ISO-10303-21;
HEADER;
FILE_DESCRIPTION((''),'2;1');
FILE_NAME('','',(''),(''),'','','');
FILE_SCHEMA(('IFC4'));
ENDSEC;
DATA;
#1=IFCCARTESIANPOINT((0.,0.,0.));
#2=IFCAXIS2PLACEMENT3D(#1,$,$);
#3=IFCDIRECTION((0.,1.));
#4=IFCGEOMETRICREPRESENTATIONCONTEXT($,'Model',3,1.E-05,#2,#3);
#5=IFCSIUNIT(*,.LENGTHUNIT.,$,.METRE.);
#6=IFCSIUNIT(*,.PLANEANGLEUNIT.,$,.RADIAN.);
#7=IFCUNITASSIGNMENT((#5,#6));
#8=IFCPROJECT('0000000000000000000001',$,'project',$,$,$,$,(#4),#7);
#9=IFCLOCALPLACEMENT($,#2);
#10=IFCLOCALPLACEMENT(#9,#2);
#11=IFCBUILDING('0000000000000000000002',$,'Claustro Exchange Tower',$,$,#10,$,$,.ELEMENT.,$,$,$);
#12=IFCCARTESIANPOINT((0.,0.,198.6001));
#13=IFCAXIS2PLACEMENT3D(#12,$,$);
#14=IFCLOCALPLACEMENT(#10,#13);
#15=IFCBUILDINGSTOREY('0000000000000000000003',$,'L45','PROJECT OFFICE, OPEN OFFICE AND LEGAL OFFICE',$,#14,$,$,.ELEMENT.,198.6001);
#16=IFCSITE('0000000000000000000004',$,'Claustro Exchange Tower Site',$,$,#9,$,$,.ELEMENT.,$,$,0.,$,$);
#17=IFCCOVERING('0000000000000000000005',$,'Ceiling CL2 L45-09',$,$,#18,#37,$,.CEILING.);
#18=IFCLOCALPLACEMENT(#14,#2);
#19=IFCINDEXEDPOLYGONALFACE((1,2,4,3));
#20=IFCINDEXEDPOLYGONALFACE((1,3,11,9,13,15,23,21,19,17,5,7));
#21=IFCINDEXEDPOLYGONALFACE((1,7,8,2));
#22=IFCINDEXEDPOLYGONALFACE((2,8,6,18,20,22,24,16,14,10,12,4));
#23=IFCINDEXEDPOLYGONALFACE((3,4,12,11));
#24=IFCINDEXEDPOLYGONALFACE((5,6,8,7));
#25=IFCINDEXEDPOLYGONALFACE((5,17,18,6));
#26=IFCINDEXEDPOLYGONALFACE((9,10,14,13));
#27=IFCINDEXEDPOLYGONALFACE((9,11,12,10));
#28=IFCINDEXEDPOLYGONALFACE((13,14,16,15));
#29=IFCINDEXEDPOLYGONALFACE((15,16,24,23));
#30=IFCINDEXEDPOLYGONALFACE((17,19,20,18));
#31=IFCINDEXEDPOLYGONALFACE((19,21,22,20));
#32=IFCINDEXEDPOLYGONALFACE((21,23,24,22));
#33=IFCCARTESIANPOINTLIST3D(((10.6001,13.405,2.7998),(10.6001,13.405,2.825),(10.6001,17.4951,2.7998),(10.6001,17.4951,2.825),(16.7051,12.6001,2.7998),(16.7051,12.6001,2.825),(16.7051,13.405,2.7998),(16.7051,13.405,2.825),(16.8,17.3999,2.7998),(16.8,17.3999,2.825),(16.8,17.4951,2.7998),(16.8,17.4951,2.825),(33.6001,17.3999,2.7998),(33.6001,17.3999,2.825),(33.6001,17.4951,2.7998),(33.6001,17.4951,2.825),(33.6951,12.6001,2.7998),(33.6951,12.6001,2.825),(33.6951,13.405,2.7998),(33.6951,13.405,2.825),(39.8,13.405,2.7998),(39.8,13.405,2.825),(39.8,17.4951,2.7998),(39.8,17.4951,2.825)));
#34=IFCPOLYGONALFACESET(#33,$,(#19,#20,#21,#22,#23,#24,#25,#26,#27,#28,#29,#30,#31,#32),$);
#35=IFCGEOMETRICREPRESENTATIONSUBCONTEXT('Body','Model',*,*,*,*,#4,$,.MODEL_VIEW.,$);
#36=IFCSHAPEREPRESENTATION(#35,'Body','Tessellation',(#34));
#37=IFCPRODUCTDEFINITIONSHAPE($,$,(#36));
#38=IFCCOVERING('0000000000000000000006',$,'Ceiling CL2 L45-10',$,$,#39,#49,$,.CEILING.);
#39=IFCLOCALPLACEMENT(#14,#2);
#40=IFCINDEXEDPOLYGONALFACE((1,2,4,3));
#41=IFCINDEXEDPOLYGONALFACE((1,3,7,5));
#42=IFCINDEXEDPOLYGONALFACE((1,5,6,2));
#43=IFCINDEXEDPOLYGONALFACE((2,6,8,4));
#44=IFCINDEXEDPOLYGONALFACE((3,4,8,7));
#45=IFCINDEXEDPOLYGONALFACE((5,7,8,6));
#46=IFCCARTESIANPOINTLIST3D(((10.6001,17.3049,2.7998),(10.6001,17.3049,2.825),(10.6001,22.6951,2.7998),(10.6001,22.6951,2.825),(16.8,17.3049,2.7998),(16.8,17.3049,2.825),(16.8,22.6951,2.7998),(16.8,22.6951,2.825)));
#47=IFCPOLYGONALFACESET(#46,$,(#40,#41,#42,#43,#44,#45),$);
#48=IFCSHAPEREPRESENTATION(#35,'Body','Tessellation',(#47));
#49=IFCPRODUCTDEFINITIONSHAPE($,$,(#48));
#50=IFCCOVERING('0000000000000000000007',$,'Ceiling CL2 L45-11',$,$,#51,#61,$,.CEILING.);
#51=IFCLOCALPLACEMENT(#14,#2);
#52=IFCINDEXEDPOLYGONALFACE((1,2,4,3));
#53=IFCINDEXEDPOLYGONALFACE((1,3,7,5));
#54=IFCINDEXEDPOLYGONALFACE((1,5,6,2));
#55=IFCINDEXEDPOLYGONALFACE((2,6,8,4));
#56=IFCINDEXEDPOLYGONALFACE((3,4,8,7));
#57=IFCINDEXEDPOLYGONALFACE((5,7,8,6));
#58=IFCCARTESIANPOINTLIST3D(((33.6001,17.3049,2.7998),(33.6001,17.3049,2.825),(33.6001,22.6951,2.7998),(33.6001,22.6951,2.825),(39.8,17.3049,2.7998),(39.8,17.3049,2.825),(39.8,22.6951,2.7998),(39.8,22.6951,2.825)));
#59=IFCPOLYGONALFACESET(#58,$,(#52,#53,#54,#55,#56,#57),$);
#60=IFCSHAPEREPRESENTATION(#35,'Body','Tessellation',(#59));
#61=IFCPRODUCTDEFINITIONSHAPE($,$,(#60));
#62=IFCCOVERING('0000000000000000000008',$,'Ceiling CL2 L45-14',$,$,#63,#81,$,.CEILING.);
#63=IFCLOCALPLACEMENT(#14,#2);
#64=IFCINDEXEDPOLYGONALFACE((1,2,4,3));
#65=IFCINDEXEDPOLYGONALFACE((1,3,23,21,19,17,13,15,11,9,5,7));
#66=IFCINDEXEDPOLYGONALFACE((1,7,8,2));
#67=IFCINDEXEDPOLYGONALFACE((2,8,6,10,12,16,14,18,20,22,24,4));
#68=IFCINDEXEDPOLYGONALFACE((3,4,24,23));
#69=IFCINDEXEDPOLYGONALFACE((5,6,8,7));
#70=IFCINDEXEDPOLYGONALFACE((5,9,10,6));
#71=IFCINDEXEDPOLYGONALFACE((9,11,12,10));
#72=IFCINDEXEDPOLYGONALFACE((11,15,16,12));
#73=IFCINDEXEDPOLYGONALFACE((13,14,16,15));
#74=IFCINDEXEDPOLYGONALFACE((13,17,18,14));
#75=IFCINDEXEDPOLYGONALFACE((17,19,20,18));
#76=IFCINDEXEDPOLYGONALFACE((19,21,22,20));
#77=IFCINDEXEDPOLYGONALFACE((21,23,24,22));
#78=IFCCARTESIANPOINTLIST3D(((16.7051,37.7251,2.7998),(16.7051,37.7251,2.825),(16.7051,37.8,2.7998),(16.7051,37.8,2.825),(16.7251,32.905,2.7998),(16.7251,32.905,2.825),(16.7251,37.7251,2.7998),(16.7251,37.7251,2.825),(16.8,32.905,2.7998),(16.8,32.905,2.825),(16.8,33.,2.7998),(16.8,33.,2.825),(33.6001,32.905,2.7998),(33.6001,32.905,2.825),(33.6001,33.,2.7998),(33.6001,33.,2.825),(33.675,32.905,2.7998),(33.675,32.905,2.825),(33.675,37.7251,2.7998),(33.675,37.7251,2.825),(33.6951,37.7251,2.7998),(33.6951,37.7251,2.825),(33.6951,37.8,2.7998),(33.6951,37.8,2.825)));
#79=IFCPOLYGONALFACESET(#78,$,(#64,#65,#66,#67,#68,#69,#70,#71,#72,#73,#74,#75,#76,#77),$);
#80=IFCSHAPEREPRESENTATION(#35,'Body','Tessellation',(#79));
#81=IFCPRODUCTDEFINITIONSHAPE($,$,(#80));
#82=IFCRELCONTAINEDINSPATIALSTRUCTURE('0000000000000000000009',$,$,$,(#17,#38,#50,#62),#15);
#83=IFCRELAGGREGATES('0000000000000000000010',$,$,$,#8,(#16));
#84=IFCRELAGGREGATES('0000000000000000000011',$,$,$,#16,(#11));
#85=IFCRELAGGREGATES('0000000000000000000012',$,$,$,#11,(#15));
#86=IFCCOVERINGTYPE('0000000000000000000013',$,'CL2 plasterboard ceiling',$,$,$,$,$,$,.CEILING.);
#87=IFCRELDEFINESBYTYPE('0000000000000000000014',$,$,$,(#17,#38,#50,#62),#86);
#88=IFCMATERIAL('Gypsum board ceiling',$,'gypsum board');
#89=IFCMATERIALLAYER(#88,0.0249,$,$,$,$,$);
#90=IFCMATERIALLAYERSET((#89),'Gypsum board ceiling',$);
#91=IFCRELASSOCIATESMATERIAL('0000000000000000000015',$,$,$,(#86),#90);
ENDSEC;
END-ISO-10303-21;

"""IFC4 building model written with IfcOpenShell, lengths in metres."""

from ifc_helpers import new_model, si_unit, direction, frame, origin, place, context, subcontext, project, spatial, polyline, outline, extrude, material, layer, layer_set, type_object, element, save


model = new_model("IFC4")

# Units and contexts
model_context = context("Model", 3, precision=1e-05, world=origin(), true_north=direction((0.0, 1.0)))
body_context = subcontext(model_context, "Body", "Model", "MODEL_VIEW")
ifc_project = project(units=[si_unit("LENGTHUNIT", "METRE"), si_unit("PLANEANGLEUNIT", "RADIAN")], contexts=[model_context])

# Site, building, storey
site_placement = place(None, origin())
site = spatial("IfcSite", under=ifc_project, at=site_placement, Name="Claustro Exchange Tower Site", CompositionType="ELEMENT", RefElevation=0.0)
building_placement = place(site_placement, origin())
building = spatial("IfcBuilding", under=site, at=building_placement, Name="Claustro Exchange Tower", CompositionType="ELEMENT")
storey_placement = place(building_placement, frame((0.0, 0.0, 198.6001)))
storey = spatial("IfcBuildingStorey", under=building, at=storey_placement, Name="L45", Description="PROJECT OFFICE, OPEN OFFICE AND LEGAL OFFICE", CompositionType="ELEMENT", Elevation=198.6001)

# Coverings
ifc_material_1 = material(Name="Gypsum board ceiling", Category="gypsum board")
ifc_layer_1 = layer(ifc_material_1, 0.0249)
ifc_layer_set_1 = layer_set([ifc_layer_1], Name="Gypsum board ceiling")
covering_type_1 = type_object("IfcCoveringType", Name="CL2 plasterboard ceiling", PredefinedType="CEILING", material=ifc_layer_set_1)
covering_1_placement = place(storey_placement, frame((0.0, 0.0, 2.7998)))
element("IfcCovering", 1, at=covering_1_placement, inside=storey, type_object=covering_type_1, Name="Ceiling CL2 L45-09", PredefinedType="CEILING", context=body_context, shape_type="SweptSolid", body=[
    extrude(outline(polyline([(33.6001, 17.3999), (16.8, 17.3999), (16.8, 17.4951), (10.6001, 17.4951), (10.6001, 13.405), (16.7051, 13.405), (16.7051, 12.6001), (33.6951, 12.6001), (33.6951, 13.405), (39.8, 13.405), (39.8, 17.4951), (33.6001, 17.4951), (33.6001, 17.3999)])), origin(), (0.0, 0.0, 1.0), 0.0251),
])
covering_2_placement = place(storey_placement, frame((0.0, 0.0, 2.7998)))
element("IfcCovering", 2, at=covering_2_placement, inside=storey, type_object=covering_type_1, Name="Ceiling CL2 L45-10", PredefinedType="CEILING", context=body_context, shape_type="SweptSolid", body=[
    extrude(outline(polyline([(10.6001, 22.6951), (10.6001, 17.3049), (16.8, 17.3049), (16.8, 22.6951), (10.6001, 22.6951)])), origin(), (0.0, 0.0, 1.0), 0.0251),
])
covering_3_placement = place(storey_placement, frame((0.0, 0.0, 2.7998)))
element("IfcCovering", 3, at=covering_3_placement, inside=storey, type_object=covering_type_1, Name="Ceiling CL2 L45-11", PredefinedType="CEILING", context=body_context, shape_type="SweptSolid", body=[
    extrude(outline(polyline([(33.6001, 22.6951), (33.6001, 17.3049), (39.8, 17.3049), (39.8, 22.6951), (33.6001, 22.6951)])), origin(), (0.0, 0.0, 1.0), 0.0251),
])
covering_4_placement = place(storey_placement, frame((0.0, 0.0, 2.7998)))
element("IfcCovering", 4, at=covering_4_placement, inside=storey, type_object=covering_type_1, Name="Ceiling CL2 L45-14", PredefinedType="CEILING", context=body_context, shape_type="SweptSolid", body=[
    extrude(outline(polyline([(16.7251, 37.7251), (16.7251, 32.905), (16.8, 32.905), (16.8, 33.0), (33.6001, 33.0), (33.6001, 32.905), (33.675, 32.905), (33.675, 37.7251), (33.6951, 37.7251), (33.6951, 37.8), (16.7051, 37.8), (16.7051, 37.7251), (16.7251, 37.7251)])), origin(), (0.0, 0.0, 1.0), 0.0251),
])

save(model, "model.ifc")
